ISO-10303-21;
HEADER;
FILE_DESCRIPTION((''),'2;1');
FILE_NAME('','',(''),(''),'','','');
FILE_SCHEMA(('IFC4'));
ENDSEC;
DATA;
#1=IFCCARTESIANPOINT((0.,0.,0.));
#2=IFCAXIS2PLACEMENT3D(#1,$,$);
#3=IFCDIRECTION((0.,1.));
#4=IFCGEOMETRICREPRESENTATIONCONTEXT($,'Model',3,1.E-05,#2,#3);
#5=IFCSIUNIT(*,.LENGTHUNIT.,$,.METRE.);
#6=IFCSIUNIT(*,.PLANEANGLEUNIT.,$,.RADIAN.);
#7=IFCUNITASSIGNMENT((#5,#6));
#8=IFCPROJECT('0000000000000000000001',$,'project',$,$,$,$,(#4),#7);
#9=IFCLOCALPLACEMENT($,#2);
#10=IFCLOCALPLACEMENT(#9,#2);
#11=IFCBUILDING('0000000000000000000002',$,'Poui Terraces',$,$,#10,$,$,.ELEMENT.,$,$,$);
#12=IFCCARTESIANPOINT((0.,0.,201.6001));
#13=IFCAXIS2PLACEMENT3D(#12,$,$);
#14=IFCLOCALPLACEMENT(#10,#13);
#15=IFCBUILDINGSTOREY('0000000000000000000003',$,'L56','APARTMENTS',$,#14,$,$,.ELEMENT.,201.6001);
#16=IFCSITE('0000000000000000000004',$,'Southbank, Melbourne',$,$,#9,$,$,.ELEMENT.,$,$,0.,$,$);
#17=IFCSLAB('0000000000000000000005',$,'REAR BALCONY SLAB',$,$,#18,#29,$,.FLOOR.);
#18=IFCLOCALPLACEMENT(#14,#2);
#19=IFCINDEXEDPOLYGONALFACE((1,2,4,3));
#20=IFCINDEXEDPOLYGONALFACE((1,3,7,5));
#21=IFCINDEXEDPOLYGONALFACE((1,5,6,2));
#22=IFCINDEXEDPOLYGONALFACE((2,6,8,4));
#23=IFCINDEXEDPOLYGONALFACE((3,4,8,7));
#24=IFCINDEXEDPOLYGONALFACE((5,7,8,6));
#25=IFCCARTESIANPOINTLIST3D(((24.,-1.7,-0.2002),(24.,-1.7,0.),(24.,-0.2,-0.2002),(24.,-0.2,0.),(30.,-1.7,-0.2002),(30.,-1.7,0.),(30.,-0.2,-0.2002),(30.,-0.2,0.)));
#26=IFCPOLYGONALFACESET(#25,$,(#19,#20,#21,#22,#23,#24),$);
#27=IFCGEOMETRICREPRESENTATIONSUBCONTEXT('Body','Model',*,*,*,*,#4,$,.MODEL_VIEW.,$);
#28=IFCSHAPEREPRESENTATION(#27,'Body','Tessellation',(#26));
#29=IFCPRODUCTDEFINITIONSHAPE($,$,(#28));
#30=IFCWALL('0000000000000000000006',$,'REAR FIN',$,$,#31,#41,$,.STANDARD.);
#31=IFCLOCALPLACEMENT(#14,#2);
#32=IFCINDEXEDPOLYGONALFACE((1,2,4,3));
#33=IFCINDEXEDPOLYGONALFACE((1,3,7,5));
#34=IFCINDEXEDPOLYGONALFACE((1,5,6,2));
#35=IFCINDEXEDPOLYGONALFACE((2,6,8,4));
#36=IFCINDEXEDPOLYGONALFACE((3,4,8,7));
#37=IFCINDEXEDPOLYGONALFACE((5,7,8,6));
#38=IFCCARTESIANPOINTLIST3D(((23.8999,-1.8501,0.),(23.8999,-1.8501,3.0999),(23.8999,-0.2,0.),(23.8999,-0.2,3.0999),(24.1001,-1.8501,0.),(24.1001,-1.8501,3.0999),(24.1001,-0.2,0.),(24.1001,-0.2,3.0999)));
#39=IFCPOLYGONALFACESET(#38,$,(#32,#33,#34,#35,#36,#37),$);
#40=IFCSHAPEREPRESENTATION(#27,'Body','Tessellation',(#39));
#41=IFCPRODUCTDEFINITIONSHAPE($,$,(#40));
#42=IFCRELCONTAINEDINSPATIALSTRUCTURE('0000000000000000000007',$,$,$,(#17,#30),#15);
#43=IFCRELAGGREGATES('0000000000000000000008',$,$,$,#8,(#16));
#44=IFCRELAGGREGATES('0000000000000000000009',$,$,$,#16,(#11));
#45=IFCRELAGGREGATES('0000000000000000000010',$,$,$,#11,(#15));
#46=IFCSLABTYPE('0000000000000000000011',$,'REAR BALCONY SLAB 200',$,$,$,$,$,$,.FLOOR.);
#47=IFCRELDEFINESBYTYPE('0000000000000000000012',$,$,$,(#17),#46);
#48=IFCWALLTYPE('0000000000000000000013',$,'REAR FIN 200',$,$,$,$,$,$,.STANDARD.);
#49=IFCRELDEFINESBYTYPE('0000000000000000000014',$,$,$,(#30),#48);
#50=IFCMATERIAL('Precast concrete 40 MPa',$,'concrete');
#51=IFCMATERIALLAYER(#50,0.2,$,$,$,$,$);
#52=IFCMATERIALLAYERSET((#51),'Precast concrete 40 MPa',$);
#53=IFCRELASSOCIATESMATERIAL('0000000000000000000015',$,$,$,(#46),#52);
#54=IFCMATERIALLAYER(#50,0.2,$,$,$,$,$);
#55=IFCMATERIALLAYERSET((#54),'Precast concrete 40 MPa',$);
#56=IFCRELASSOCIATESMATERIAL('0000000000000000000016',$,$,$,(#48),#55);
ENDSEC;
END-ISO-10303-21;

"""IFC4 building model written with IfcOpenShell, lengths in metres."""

from ifc_helpers import new_model, si_unit, direction, frame, origin, place, context, subcontext, project, spatial, polyline, outline, extrude, source, transform, mapped, material, layer, layer_set, type_object, element, save


model = new_model("IFC4")

# Units and contexts
model_context = context("Model", 3, precision=1e-05, world=origin(), true_north=direction((0.0, 1.0)))
body_context = subcontext(model_context, "Body", "Model", "MODEL_VIEW")
ifc_project = project(units=[si_unit("LENGTHUNIT", "METRE"), si_unit("PLANEANGLEUNIT", "RADIAN")], contexts=[model_context])

# Site, building, storey
site_placement = place(None, origin())
site = spatial("IfcSite", under=ifc_project, at=site_placement, Name="Southbank, Melbourne", CompositionType="ELEMENT", RefElevation=0.0)
building_placement = place(site_placement, origin())
building = spatial("IfcBuilding", under=site, at=building_placement, Name="Poui Terraces", CompositionType="ELEMENT")
storey_placement = place(building_placement, frame((0.0, 0.0, 201.6001)))
storey = spatial("IfcBuildingStorey", under=building, at=storey_placement, Name="L56", Description="APARTMENTS", CompositionType="ELEMENT", Elevation=201.6001)

# Slab
ifc_material = material(Name="Precast concrete 40 MPa", Category="concrete")
ifc_layer_1 = layer(ifc_material, 0.2)
ifc_layer_set_1 = layer_set([ifc_layer_1], Name="Precast concrete 40 MPa")
slab_type = type_object("IfcSlabType", Name="REAR BALCONY SLAB 200", PredefinedType="FLOOR", material=ifc_layer_set_1)
shared_shape_1 = source(origin(), body_context, "Body", "SweptSolid", [
    extrude(outline(polyline([(0.0, 0.0), (6.0, 0.0), (6.0, 1.5), (0.0, 1.5), (0.0, 0.0)])), origin(), (0.0, 0.0, 1.0), 0.2002),
])
slab_placement = place(storey_placement, frame((24.0, -1.7, -0.2002)))
element("IfcSlab", 1, at=slab_placement, inside=storey, type_object=slab_type, Name="REAR BALCONY SLAB", PredefinedType="FLOOR", context=body_context, shape_type="MappedRepresentation", body=[
    mapped(shared_shape_1, transform((0.0, 0.0, 0.0))),
])

# Wall
ifc_layer_2 = layer(ifc_material, 0.2)
ifc_layer_set_2 = layer_set([ifc_layer_2], Name="Precast concrete 40 MPa")
wall_type = type_object("IfcWallType", Name="REAR FIN 200", PredefinedType="STANDARD", material=ifc_layer_set_2)
shared_shape_2 = source(origin(), body_context, "Body", "SweptSolid", [
    extrude(outline(polyline([(0.0, 0.0), (0.2002, 0.0), (0.2002, 1.6501), (0.0, 1.6501), (0.0, 0.0)])), origin(), (0.0, 0.0, 1.0), 3.0999),
])
wall_placement = place(storey_placement, frame((23.8999, -1.8501, 0.0)))
element("IfcWall", 2, at=wall_placement, inside=storey, type_object=wall_type, Name="REAR FIN", PredefinedType="STANDARD", context=body_context, shape_type="MappedRepresentation", body=[
    mapped(shared_shape_2, transform((0.0, 0.0, 0.0))),
])

save(model, "model.ifc")
